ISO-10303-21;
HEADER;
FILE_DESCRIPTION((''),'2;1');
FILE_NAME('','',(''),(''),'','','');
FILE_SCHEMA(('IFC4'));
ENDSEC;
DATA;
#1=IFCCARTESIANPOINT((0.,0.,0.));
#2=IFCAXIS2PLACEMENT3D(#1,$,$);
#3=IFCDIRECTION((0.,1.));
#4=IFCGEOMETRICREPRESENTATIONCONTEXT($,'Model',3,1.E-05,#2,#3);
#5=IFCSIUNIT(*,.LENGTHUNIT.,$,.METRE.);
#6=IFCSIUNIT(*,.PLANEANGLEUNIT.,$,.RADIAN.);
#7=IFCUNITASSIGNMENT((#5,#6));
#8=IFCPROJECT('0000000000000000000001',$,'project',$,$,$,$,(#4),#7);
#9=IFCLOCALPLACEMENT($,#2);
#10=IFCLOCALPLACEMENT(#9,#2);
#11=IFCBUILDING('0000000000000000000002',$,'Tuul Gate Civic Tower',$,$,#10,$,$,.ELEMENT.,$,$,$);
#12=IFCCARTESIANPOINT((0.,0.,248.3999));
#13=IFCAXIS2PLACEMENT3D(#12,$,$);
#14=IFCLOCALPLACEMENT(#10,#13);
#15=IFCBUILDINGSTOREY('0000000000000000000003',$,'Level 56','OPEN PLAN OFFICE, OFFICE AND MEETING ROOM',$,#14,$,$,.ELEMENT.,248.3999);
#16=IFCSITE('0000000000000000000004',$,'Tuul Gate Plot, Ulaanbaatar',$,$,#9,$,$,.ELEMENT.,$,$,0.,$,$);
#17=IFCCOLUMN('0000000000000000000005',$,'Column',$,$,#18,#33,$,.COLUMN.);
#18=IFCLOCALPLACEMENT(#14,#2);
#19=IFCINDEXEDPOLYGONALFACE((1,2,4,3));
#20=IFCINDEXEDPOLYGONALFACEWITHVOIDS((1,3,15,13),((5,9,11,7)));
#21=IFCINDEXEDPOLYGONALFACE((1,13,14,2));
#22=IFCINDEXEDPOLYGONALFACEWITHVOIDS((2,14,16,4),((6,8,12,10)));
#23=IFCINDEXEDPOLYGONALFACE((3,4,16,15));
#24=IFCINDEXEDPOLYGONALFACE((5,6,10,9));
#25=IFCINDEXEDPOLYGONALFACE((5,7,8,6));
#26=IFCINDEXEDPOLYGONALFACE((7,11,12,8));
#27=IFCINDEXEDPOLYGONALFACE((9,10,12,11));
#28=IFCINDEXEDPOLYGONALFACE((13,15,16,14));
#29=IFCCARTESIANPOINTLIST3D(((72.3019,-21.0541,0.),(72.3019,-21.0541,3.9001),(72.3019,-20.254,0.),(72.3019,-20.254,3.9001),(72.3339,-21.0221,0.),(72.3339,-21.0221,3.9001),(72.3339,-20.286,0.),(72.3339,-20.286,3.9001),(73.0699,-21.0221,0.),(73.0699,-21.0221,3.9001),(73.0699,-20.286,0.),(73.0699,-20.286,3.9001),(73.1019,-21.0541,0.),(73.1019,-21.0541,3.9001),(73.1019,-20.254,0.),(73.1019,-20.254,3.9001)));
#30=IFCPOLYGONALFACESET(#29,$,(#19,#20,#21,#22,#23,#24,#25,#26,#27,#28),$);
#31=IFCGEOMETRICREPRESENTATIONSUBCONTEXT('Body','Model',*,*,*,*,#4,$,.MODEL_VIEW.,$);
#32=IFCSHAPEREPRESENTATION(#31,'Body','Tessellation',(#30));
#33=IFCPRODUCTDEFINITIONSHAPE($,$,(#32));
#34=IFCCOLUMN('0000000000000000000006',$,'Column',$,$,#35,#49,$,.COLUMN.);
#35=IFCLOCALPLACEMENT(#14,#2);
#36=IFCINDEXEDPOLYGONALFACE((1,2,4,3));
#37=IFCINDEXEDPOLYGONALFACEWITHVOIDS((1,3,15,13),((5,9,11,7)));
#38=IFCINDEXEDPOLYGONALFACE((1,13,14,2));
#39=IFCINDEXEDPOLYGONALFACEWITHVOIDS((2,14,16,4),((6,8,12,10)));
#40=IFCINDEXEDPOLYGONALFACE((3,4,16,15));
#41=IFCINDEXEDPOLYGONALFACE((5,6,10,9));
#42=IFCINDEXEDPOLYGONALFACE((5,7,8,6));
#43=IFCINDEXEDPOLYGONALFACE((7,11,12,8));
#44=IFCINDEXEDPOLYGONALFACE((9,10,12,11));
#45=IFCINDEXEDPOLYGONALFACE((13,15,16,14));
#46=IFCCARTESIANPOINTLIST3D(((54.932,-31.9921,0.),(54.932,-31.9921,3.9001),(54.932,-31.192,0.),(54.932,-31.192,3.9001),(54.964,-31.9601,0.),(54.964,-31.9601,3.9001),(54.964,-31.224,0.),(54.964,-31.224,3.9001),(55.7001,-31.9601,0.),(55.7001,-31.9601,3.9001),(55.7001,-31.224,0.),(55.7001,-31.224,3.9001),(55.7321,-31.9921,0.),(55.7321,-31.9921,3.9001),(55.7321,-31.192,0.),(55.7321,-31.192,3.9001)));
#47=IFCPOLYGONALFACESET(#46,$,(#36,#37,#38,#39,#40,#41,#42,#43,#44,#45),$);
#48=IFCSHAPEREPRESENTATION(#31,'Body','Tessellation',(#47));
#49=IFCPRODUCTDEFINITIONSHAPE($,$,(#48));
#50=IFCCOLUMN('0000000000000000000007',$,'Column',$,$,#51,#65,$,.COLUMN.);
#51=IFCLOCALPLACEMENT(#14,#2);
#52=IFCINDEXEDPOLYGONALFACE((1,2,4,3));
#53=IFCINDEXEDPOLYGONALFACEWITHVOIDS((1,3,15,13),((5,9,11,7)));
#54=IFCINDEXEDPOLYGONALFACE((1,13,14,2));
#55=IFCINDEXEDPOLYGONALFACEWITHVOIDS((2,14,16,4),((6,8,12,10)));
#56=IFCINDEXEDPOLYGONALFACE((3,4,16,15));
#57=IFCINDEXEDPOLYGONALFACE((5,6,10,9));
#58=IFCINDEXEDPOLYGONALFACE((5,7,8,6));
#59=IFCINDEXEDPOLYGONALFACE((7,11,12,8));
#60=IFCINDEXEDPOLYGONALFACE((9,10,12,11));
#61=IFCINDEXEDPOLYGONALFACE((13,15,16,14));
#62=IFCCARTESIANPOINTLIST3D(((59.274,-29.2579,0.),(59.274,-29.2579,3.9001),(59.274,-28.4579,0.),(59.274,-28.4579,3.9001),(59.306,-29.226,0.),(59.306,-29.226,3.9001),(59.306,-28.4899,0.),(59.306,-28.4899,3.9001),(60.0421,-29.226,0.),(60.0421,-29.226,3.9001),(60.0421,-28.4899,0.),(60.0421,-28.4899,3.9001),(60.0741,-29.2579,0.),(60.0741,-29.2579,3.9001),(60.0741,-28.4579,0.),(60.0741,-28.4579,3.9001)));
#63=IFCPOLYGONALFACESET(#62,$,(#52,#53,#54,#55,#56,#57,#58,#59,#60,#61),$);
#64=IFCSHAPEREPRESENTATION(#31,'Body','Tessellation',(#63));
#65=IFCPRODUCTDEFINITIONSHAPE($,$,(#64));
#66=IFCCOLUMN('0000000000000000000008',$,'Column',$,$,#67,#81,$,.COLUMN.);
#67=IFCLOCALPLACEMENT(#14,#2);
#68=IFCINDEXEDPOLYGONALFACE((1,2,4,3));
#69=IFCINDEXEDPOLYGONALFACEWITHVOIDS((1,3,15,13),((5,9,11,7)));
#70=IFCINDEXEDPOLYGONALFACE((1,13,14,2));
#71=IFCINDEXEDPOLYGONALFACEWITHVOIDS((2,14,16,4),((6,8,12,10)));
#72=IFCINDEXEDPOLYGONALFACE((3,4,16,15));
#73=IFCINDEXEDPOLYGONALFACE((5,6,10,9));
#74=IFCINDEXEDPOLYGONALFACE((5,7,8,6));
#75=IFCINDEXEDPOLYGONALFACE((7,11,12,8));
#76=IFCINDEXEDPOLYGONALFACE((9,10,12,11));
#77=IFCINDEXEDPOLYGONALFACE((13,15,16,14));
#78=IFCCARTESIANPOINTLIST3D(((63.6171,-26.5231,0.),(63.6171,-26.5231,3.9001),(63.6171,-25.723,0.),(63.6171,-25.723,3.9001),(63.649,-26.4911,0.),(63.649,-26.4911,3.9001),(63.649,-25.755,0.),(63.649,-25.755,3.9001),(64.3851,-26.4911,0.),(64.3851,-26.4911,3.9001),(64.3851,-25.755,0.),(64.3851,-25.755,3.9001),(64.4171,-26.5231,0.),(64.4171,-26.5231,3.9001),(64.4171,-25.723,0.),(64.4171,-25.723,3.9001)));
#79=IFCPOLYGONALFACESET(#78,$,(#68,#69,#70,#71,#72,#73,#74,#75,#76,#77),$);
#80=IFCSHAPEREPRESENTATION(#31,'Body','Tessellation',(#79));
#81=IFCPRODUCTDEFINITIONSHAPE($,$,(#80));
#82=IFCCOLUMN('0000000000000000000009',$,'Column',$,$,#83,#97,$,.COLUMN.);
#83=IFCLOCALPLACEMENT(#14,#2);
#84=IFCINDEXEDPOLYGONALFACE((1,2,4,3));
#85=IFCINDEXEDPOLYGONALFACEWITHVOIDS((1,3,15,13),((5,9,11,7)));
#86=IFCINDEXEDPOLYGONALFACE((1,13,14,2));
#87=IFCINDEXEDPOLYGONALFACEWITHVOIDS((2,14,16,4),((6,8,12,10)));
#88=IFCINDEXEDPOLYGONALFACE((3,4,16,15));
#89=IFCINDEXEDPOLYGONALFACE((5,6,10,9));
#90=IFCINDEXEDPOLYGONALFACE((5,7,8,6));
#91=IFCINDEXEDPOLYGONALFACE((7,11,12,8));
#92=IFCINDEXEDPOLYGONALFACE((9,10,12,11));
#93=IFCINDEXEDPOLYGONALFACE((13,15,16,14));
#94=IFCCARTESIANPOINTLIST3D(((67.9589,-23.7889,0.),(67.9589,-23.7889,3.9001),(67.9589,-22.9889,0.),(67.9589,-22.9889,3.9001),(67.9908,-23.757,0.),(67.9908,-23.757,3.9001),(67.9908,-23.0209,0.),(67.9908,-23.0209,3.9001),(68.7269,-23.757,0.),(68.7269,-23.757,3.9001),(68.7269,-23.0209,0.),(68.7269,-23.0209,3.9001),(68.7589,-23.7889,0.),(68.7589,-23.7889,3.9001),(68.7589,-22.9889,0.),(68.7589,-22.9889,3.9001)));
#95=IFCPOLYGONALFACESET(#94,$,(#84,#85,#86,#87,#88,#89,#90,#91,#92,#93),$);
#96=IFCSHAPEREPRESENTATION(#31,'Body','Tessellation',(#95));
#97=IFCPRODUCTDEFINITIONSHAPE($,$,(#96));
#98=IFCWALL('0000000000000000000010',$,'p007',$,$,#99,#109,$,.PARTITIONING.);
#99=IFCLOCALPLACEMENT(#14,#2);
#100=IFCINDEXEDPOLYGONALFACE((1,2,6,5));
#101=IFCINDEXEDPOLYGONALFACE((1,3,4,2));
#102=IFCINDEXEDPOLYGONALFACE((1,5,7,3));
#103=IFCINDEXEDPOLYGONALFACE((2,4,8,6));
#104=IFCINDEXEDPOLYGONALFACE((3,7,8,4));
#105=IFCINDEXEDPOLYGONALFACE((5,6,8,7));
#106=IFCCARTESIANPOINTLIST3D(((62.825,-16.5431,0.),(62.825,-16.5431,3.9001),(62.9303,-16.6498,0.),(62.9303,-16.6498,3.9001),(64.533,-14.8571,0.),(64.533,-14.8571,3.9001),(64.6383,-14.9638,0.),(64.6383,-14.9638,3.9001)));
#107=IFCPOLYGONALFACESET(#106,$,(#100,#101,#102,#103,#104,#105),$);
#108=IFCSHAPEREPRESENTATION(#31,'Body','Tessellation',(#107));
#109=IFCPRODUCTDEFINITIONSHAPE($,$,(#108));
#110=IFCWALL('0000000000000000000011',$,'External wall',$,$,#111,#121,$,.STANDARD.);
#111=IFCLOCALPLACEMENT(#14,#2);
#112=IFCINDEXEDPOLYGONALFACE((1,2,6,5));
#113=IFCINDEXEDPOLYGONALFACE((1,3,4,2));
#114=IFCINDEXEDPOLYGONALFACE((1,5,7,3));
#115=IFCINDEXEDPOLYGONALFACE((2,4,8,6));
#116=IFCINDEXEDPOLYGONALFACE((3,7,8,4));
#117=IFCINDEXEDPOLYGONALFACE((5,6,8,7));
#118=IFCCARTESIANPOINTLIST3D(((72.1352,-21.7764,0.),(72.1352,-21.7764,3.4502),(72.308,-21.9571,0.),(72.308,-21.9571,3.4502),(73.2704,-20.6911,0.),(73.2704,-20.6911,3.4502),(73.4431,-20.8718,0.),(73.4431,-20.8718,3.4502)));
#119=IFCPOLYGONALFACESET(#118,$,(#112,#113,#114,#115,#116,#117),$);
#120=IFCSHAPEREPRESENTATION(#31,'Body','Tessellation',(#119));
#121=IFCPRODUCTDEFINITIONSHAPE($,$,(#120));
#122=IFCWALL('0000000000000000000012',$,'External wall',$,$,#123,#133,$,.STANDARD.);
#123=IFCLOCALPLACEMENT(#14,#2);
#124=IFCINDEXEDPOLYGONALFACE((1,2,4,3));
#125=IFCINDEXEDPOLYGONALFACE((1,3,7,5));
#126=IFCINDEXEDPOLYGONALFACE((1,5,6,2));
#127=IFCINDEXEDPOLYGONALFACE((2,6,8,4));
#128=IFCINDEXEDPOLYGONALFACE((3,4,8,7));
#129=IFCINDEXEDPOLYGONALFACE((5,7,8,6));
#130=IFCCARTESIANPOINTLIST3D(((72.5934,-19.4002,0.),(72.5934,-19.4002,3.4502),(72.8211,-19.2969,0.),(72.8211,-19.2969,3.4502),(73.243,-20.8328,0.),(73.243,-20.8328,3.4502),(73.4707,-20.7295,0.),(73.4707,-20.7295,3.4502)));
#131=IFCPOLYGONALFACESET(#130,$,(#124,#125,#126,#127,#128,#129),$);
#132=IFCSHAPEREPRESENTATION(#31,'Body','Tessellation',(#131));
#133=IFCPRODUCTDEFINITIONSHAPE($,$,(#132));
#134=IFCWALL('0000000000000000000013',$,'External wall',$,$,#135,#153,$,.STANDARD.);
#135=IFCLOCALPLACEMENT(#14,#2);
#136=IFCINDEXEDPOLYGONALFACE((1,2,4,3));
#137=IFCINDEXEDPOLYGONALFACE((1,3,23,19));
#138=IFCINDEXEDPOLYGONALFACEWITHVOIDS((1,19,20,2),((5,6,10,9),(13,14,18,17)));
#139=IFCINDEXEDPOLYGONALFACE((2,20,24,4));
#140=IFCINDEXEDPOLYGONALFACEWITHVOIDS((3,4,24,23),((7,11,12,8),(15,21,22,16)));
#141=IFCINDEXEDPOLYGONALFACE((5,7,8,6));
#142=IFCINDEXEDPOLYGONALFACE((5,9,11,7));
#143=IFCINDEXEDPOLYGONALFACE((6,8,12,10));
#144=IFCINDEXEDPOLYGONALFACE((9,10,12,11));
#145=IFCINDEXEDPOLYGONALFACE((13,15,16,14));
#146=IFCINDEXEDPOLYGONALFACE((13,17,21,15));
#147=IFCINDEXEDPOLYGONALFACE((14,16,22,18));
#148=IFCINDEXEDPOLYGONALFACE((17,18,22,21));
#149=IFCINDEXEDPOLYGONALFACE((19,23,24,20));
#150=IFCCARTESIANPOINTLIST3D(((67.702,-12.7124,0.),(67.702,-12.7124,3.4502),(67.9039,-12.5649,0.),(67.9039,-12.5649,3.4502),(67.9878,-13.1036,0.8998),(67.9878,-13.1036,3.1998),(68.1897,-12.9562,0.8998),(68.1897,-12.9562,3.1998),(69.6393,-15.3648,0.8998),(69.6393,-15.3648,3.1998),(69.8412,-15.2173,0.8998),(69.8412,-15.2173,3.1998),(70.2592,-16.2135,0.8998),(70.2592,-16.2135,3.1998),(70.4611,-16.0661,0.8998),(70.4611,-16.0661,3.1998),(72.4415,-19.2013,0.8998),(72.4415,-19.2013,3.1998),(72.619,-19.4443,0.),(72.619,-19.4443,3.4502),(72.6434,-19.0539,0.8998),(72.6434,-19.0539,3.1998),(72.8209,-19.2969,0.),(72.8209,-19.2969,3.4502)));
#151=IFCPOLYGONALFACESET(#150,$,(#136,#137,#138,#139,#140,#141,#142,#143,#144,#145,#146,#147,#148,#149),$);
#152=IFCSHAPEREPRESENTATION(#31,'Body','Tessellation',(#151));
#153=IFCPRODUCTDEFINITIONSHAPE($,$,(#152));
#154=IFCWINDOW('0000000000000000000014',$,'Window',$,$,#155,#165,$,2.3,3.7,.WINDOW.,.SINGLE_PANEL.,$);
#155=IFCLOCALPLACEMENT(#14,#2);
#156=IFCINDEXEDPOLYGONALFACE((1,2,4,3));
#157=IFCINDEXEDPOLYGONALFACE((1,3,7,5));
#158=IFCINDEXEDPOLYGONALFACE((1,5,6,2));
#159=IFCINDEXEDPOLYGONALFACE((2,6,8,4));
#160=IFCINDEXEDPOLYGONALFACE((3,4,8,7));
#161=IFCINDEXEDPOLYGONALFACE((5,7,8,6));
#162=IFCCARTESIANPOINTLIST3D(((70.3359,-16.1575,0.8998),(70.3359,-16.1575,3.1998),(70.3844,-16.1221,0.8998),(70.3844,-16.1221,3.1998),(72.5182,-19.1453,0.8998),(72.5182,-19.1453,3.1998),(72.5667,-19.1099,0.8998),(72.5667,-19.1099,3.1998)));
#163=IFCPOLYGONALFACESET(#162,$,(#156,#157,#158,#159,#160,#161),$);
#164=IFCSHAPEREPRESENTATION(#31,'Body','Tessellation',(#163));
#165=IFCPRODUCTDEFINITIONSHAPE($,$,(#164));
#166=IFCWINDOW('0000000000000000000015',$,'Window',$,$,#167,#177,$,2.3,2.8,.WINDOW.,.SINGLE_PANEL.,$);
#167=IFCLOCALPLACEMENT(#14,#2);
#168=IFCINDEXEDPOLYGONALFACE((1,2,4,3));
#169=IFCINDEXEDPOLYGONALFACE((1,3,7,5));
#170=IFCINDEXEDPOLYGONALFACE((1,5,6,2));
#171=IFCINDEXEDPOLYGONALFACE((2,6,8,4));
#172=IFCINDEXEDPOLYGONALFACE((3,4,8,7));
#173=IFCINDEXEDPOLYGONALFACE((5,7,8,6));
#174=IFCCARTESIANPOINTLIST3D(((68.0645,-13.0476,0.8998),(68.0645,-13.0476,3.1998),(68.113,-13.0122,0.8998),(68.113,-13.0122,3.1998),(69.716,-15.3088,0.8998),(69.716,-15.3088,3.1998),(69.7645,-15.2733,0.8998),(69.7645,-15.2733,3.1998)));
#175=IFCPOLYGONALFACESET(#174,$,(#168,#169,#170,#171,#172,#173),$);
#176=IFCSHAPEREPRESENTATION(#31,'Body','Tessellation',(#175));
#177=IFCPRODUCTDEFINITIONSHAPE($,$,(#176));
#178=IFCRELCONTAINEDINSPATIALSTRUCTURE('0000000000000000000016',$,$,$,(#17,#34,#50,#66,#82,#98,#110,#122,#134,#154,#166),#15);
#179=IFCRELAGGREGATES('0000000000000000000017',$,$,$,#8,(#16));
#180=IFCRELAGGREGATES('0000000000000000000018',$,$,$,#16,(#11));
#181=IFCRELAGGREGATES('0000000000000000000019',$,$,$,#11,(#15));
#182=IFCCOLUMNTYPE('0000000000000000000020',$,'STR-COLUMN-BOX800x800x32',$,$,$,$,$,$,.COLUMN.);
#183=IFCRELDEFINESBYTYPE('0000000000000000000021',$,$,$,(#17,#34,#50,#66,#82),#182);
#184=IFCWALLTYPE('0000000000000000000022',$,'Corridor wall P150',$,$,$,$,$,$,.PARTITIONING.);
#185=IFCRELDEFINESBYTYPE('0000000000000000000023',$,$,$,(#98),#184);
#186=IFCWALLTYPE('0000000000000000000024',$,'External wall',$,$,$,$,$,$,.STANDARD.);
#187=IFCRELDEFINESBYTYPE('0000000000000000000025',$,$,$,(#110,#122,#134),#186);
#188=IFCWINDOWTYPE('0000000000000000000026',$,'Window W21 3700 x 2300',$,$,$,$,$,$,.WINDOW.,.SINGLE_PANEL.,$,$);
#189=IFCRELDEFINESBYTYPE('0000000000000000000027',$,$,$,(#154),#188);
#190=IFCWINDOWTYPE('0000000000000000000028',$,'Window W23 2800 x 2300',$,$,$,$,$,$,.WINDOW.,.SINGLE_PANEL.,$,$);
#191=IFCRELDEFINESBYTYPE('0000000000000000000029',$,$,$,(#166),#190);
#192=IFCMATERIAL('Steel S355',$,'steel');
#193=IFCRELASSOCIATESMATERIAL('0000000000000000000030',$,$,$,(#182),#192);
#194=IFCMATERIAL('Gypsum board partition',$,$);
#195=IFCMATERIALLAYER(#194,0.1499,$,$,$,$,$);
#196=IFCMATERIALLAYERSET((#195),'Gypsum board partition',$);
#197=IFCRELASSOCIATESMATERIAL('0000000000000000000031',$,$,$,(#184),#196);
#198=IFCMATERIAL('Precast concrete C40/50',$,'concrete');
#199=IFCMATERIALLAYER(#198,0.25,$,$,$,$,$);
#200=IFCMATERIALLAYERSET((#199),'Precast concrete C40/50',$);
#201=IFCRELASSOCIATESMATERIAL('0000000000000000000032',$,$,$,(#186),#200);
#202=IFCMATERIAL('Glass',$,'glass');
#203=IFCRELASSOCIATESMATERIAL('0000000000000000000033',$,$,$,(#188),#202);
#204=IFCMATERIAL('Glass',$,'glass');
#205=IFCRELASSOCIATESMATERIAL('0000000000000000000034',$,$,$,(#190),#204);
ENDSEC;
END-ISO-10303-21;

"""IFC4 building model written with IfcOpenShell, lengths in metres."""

from ifc_helpers import new_model, si_unit, direction, frame, frame_2d, origin, origin_2d, place, context, subcontext, project, spatial, rectangle, hollow_rectangle, extrude, material, layer, layer_set, material_profile, profile_set, type_object, element, fill, save


model = new_model("IFC4")

# Units and contexts
model_context = context("Model", 3, precision=1e-05, world=origin(), true_north=direction((0.0, 1.0)))
body_context = subcontext(model_context, "Body", "Model", "MODEL_VIEW")
ifc_project = project(units=[si_unit("LENGTHUNIT", "METRE"), si_unit("PLANEANGLEUNIT", "RADIAN")], contexts=[model_context])

# Site, building, storey
site_placement = place(None, origin())
site = spatial("IfcSite", under=ifc_project, at=site_placement, Name="Tuul Gate Plot, Ulaanbaatar", CompositionType="ELEMENT", RefElevation=0.0)
building_placement = place(site_placement, origin())
building = spatial("IfcBuilding", under=site, at=building_placement, Name="Tuul Gate Civic Tower", CompositionType="ELEMENT")
storey_placement = place(building_placement, frame((0.0, 0.0, 248.3999)))
storey = spatial("IfcBuildingStorey", under=building, at=storey_placement, Name="Level 56", Description="OPEN PLAN OFFICE, OFFICE AND MEETING ROOM", CompositionType="ELEMENT", Elevation=248.3999)

# Columns
ifc_material_1 = material(Name="Steel S355", Category="steel")
ifc_material_profile_1 = material_profile(ifc_material_1, hollow_rectangle(XDim=0.8, YDim=0.8, WallThickness=0.032, at=origin_2d()), Name="BOX800x800x32")
ifc_profile_set_1 = profile_set([ifc_material_profile_1], Name="Steel S355")
column_type = type_object("IfcColumnType", Name="STR-COLUMN-BOX800x800x32", PredefinedType="COLUMN", material=ifc_profile_set_1)
for number, where, z_axis, x_axis, name in (
    (1, (72.7019, -20.6541, 0.0), (0.0, 0.0, 1.0), (1.0, 0.0, 0.0), "Column"),
    (2, (55.332, -31.592, 0.0), (0.0, 0.0, 1.0), (1.0, 0.0, 0.0), "Column"),
    (3, (59.6741, -28.8579, 0.0), (0.0, 0.0, 1.0), (1.0, 0.0, 0.0), "Column"),
    (4, (64.0171, -26.123, 0.0), (0.0, 0.0, 1.0), (1.0, 0.0, 0.0), "Column"),
    (5, (68.3589, -23.3889, 0.0), (0.0, 0.0, 1.0), (1.0, 0.0, 0.0), "Column"),
):
    element("IfcColumn", number, at=place(storey_placement, frame(where, z_axis=z_axis, x_axis=x_axis)), inside=storey, type_object=column_type, Name=name, PredefinedType="COLUMN", context=body_context, shape_type="SweptSolid", body=[
        extrude(hollow_rectangle(XDim=0.8, YDim=0.8, WallThickness=0.032, at=origin_2d()), origin(), (0.0, 0.0, 1.0), 3.9001),
    ])

# Walls
ifc_material_2 = material(Name="Gypsum board partition")
ifc_layer_1 = layer(ifc_material_2, 0.1499)
ifc_layer_set_1 = layer_set([ifc_layer_1], Name="Gypsum board partition")
wall_type_1 = type_object("IfcWallType", Name="Corridor wall P150", PredefinedType="PARTITIONING", material=ifc_layer_set_1)
wall_1_placement = place(storey_placement, frame((62.8777, -16.5964, 0.0), z_axis=(0.0, 0.0, 1.0), x_axis=(0.71167, 0.702514, 0.0)))
element("IfcWall", 6, at=wall_1_placement, inside=storey, type_object=wall_type_1, Name="p007", PredefinedType="PARTITIONING", context=body_context, shape_type="SweptSolid", body=[
    extrude(rectangle(XDim=2.3999, YDim=0.1499, at=frame_2d((1.2, 0.0))), origin(), (0.0, 0.0, 1.0), 3.9001),
])
ifc_material_3 = material(Name="Precast concrete C40/50", Category="concrete")
ifc_layer_2 = layer(ifc_material_3, 0.25)
ifc_layer_set_2 = layer_set([ifc_layer_2], Name="Precast concrete C40/50")
wall_type_2 = type_object("IfcWallType", Name="External wall", PredefinedType="STANDARD", material=ifc_layer_set_2)
wall_2_placement = place(storey_placement, frame((72.2217, -21.8667, 0.0), z_axis=(0.0, 0.0, 1.0), x_axis=(0.722784, 0.691074, 0.0)))
element("IfcWall", 7, at=wall_2_placement, inside=storey, type_object=wall_type_2, Name="External wall", PredefinedType="STANDARD", context=body_context, shape_type="SweptSolid", body=[
    extrude(rectangle(XDim=1.5706, YDim=0.25, at=frame_2d((0.7852, 0.0))), origin(), (0.0, 0.0, 1.0), 3.4502),
])
wall_3_placement = place(storey_placement, frame((73.3569, -20.7812, 0.0), z_axis=(0.0, 0.0, 1.0), x_axis=(-0.412996, 0.910733, 0.0)))
element("IfcWall", 8, at=wall_3_placement, inside=storey, type_object=wall_type_2, Name="External wall", PredefinedType="STANDARD", context=body_context, shape_type="SweptSolid", body=[
    extrude(rectangle(XDim=1.573, YDim=0.25, at=frame_2d((0.7866, 0.0))), origin(), (0.0, 0.0, 1.0), 3.4502),
])

# Wall, openings, windows
wall_4_placement = place(storey_placement, frame((72.72, -19.3706, 0.0), z_axis=(0.0, 0.0, 1.0), x_axis=(-0.589821, 0.807534, 0.0)))
wall_4 = element("IfcWall", 9, at=wall_4_placement, inside=storey, type_object=wall_type_2, Name="External wall", PredefinedType="STANDARD", context=body_context, shape_type="SweptSolid", body=[
    extrude(rectangle(XDim=8.3364, YDim=0.25, at=frame_2d((4.1682, 0.0))), origin(), (0.0, 0.0, 1.0), 3.4502),
])
opening_1_placement = place(wall_4_placement, frame((0.3008, 0.0, 0.8999)))
opening_1 = element("IfcOpeningElement", 10, at=opening_1_placement, cuts=wall_4, PredefinedType="OPENING", context=body_context, shape_type="SweptSolid", body=[
    extrude(rectangle(XDim=3.7, YDim=2.3, at=frame_2d((1.8501, 1.1499))), frame((0.0, 0.135, 0.0), z_axis=(0.0, -1.0, 0.0), x_axis=(1.0, 0.0, 0.0)), (0.0, 0.0, 1.0), 0.27),
])
opening_2_placement = place(wall_4_placement, frame((5.052, 0.0, 0.8999)))
opening_2 = element("IfcOpeningElement", 11, at=opening_2_placement, cuts=wall_4, PredefinedType="OPENING", context=body_context, shape_type="SweptSolid", body=[
    extrude(rectangle(XDim=2.8, YDim=2.3, at=frame_2d((1.3999, 1.1499))), frame((0.0, 0.135, 0.0), z_axis=(0.0, -1.0, 0.0), x_axis=(1.0, 0.0, 0.0)), (0.0, 0.0, 1.0), 0.27),
])
ifc_material_4 = material(Name="Glass", Category="glass")
window_type_1 = type_object("IfcWindowType", Name="Window W21 3700 x 2300", PartitioningType="SINGLE_PANEL", PredefinedType="WINDOW", material=ifc_material_4)
window_1_placement = place(opening_1_placement, origin())
window_1 = element("IfcWindow", 12, at=window_1_placement, inside=storey, type_object=window_type_1, Name="Window", OverallHeight=2.3, OverallWidth=3.7, PartitioningType="SINGLE_PANEL", PredefinedType="WINDOW", context=body_context, shape_type="SweptSolid", body=[
    extrude(rectangle(XDim=3.7, YDim=2.3, at=frame_2d((1.8501, 1.1499))), frame((0.0, 0.03, 0.0), z_axis=(0.0, -1.0, 0.0), x_axis=(1.0, 0.0, 0.0)), (0.0, 0.0, 1.0), 0.0601),
])
fill(opening_1, window_1)
ifc_material_5 = material(Name="Glass", Category="glass")
window_type_2 = type_object("IfcWindowType", Name="Window W23 2800 x 2300", PartitioningType="SINGLE_PANEL", PredefinedType="WINDOW", material=ifc_material_5)
window_2_placement = place(opening_2_placement, origin())
window_2 = element("IfcWindow", 13, at=window_2_placement, inside=storey, type_object=window_type_2, Name="Window", OverallHeight=2.3, OverallWidth=2.8, PartitioningType="SINGLE_PANEL", PredefinedType="WINDOW", context=body_context, shape_type="SweptSolid", body=[
    extrude(rectangle(XDim=2.8, YDim=2.3, at=frame_2d((1.3999, 1.1499))), frame((0.0, 0.03, 0.0), z_axis=(0.0, -1.0, 0.0), x_axis=(1.0, 0.0, 0.0)), (0.0, 0.0, 1.0), 0.0601),
])
fill(opening_2, window_2)

save(model, "model.ifc")
